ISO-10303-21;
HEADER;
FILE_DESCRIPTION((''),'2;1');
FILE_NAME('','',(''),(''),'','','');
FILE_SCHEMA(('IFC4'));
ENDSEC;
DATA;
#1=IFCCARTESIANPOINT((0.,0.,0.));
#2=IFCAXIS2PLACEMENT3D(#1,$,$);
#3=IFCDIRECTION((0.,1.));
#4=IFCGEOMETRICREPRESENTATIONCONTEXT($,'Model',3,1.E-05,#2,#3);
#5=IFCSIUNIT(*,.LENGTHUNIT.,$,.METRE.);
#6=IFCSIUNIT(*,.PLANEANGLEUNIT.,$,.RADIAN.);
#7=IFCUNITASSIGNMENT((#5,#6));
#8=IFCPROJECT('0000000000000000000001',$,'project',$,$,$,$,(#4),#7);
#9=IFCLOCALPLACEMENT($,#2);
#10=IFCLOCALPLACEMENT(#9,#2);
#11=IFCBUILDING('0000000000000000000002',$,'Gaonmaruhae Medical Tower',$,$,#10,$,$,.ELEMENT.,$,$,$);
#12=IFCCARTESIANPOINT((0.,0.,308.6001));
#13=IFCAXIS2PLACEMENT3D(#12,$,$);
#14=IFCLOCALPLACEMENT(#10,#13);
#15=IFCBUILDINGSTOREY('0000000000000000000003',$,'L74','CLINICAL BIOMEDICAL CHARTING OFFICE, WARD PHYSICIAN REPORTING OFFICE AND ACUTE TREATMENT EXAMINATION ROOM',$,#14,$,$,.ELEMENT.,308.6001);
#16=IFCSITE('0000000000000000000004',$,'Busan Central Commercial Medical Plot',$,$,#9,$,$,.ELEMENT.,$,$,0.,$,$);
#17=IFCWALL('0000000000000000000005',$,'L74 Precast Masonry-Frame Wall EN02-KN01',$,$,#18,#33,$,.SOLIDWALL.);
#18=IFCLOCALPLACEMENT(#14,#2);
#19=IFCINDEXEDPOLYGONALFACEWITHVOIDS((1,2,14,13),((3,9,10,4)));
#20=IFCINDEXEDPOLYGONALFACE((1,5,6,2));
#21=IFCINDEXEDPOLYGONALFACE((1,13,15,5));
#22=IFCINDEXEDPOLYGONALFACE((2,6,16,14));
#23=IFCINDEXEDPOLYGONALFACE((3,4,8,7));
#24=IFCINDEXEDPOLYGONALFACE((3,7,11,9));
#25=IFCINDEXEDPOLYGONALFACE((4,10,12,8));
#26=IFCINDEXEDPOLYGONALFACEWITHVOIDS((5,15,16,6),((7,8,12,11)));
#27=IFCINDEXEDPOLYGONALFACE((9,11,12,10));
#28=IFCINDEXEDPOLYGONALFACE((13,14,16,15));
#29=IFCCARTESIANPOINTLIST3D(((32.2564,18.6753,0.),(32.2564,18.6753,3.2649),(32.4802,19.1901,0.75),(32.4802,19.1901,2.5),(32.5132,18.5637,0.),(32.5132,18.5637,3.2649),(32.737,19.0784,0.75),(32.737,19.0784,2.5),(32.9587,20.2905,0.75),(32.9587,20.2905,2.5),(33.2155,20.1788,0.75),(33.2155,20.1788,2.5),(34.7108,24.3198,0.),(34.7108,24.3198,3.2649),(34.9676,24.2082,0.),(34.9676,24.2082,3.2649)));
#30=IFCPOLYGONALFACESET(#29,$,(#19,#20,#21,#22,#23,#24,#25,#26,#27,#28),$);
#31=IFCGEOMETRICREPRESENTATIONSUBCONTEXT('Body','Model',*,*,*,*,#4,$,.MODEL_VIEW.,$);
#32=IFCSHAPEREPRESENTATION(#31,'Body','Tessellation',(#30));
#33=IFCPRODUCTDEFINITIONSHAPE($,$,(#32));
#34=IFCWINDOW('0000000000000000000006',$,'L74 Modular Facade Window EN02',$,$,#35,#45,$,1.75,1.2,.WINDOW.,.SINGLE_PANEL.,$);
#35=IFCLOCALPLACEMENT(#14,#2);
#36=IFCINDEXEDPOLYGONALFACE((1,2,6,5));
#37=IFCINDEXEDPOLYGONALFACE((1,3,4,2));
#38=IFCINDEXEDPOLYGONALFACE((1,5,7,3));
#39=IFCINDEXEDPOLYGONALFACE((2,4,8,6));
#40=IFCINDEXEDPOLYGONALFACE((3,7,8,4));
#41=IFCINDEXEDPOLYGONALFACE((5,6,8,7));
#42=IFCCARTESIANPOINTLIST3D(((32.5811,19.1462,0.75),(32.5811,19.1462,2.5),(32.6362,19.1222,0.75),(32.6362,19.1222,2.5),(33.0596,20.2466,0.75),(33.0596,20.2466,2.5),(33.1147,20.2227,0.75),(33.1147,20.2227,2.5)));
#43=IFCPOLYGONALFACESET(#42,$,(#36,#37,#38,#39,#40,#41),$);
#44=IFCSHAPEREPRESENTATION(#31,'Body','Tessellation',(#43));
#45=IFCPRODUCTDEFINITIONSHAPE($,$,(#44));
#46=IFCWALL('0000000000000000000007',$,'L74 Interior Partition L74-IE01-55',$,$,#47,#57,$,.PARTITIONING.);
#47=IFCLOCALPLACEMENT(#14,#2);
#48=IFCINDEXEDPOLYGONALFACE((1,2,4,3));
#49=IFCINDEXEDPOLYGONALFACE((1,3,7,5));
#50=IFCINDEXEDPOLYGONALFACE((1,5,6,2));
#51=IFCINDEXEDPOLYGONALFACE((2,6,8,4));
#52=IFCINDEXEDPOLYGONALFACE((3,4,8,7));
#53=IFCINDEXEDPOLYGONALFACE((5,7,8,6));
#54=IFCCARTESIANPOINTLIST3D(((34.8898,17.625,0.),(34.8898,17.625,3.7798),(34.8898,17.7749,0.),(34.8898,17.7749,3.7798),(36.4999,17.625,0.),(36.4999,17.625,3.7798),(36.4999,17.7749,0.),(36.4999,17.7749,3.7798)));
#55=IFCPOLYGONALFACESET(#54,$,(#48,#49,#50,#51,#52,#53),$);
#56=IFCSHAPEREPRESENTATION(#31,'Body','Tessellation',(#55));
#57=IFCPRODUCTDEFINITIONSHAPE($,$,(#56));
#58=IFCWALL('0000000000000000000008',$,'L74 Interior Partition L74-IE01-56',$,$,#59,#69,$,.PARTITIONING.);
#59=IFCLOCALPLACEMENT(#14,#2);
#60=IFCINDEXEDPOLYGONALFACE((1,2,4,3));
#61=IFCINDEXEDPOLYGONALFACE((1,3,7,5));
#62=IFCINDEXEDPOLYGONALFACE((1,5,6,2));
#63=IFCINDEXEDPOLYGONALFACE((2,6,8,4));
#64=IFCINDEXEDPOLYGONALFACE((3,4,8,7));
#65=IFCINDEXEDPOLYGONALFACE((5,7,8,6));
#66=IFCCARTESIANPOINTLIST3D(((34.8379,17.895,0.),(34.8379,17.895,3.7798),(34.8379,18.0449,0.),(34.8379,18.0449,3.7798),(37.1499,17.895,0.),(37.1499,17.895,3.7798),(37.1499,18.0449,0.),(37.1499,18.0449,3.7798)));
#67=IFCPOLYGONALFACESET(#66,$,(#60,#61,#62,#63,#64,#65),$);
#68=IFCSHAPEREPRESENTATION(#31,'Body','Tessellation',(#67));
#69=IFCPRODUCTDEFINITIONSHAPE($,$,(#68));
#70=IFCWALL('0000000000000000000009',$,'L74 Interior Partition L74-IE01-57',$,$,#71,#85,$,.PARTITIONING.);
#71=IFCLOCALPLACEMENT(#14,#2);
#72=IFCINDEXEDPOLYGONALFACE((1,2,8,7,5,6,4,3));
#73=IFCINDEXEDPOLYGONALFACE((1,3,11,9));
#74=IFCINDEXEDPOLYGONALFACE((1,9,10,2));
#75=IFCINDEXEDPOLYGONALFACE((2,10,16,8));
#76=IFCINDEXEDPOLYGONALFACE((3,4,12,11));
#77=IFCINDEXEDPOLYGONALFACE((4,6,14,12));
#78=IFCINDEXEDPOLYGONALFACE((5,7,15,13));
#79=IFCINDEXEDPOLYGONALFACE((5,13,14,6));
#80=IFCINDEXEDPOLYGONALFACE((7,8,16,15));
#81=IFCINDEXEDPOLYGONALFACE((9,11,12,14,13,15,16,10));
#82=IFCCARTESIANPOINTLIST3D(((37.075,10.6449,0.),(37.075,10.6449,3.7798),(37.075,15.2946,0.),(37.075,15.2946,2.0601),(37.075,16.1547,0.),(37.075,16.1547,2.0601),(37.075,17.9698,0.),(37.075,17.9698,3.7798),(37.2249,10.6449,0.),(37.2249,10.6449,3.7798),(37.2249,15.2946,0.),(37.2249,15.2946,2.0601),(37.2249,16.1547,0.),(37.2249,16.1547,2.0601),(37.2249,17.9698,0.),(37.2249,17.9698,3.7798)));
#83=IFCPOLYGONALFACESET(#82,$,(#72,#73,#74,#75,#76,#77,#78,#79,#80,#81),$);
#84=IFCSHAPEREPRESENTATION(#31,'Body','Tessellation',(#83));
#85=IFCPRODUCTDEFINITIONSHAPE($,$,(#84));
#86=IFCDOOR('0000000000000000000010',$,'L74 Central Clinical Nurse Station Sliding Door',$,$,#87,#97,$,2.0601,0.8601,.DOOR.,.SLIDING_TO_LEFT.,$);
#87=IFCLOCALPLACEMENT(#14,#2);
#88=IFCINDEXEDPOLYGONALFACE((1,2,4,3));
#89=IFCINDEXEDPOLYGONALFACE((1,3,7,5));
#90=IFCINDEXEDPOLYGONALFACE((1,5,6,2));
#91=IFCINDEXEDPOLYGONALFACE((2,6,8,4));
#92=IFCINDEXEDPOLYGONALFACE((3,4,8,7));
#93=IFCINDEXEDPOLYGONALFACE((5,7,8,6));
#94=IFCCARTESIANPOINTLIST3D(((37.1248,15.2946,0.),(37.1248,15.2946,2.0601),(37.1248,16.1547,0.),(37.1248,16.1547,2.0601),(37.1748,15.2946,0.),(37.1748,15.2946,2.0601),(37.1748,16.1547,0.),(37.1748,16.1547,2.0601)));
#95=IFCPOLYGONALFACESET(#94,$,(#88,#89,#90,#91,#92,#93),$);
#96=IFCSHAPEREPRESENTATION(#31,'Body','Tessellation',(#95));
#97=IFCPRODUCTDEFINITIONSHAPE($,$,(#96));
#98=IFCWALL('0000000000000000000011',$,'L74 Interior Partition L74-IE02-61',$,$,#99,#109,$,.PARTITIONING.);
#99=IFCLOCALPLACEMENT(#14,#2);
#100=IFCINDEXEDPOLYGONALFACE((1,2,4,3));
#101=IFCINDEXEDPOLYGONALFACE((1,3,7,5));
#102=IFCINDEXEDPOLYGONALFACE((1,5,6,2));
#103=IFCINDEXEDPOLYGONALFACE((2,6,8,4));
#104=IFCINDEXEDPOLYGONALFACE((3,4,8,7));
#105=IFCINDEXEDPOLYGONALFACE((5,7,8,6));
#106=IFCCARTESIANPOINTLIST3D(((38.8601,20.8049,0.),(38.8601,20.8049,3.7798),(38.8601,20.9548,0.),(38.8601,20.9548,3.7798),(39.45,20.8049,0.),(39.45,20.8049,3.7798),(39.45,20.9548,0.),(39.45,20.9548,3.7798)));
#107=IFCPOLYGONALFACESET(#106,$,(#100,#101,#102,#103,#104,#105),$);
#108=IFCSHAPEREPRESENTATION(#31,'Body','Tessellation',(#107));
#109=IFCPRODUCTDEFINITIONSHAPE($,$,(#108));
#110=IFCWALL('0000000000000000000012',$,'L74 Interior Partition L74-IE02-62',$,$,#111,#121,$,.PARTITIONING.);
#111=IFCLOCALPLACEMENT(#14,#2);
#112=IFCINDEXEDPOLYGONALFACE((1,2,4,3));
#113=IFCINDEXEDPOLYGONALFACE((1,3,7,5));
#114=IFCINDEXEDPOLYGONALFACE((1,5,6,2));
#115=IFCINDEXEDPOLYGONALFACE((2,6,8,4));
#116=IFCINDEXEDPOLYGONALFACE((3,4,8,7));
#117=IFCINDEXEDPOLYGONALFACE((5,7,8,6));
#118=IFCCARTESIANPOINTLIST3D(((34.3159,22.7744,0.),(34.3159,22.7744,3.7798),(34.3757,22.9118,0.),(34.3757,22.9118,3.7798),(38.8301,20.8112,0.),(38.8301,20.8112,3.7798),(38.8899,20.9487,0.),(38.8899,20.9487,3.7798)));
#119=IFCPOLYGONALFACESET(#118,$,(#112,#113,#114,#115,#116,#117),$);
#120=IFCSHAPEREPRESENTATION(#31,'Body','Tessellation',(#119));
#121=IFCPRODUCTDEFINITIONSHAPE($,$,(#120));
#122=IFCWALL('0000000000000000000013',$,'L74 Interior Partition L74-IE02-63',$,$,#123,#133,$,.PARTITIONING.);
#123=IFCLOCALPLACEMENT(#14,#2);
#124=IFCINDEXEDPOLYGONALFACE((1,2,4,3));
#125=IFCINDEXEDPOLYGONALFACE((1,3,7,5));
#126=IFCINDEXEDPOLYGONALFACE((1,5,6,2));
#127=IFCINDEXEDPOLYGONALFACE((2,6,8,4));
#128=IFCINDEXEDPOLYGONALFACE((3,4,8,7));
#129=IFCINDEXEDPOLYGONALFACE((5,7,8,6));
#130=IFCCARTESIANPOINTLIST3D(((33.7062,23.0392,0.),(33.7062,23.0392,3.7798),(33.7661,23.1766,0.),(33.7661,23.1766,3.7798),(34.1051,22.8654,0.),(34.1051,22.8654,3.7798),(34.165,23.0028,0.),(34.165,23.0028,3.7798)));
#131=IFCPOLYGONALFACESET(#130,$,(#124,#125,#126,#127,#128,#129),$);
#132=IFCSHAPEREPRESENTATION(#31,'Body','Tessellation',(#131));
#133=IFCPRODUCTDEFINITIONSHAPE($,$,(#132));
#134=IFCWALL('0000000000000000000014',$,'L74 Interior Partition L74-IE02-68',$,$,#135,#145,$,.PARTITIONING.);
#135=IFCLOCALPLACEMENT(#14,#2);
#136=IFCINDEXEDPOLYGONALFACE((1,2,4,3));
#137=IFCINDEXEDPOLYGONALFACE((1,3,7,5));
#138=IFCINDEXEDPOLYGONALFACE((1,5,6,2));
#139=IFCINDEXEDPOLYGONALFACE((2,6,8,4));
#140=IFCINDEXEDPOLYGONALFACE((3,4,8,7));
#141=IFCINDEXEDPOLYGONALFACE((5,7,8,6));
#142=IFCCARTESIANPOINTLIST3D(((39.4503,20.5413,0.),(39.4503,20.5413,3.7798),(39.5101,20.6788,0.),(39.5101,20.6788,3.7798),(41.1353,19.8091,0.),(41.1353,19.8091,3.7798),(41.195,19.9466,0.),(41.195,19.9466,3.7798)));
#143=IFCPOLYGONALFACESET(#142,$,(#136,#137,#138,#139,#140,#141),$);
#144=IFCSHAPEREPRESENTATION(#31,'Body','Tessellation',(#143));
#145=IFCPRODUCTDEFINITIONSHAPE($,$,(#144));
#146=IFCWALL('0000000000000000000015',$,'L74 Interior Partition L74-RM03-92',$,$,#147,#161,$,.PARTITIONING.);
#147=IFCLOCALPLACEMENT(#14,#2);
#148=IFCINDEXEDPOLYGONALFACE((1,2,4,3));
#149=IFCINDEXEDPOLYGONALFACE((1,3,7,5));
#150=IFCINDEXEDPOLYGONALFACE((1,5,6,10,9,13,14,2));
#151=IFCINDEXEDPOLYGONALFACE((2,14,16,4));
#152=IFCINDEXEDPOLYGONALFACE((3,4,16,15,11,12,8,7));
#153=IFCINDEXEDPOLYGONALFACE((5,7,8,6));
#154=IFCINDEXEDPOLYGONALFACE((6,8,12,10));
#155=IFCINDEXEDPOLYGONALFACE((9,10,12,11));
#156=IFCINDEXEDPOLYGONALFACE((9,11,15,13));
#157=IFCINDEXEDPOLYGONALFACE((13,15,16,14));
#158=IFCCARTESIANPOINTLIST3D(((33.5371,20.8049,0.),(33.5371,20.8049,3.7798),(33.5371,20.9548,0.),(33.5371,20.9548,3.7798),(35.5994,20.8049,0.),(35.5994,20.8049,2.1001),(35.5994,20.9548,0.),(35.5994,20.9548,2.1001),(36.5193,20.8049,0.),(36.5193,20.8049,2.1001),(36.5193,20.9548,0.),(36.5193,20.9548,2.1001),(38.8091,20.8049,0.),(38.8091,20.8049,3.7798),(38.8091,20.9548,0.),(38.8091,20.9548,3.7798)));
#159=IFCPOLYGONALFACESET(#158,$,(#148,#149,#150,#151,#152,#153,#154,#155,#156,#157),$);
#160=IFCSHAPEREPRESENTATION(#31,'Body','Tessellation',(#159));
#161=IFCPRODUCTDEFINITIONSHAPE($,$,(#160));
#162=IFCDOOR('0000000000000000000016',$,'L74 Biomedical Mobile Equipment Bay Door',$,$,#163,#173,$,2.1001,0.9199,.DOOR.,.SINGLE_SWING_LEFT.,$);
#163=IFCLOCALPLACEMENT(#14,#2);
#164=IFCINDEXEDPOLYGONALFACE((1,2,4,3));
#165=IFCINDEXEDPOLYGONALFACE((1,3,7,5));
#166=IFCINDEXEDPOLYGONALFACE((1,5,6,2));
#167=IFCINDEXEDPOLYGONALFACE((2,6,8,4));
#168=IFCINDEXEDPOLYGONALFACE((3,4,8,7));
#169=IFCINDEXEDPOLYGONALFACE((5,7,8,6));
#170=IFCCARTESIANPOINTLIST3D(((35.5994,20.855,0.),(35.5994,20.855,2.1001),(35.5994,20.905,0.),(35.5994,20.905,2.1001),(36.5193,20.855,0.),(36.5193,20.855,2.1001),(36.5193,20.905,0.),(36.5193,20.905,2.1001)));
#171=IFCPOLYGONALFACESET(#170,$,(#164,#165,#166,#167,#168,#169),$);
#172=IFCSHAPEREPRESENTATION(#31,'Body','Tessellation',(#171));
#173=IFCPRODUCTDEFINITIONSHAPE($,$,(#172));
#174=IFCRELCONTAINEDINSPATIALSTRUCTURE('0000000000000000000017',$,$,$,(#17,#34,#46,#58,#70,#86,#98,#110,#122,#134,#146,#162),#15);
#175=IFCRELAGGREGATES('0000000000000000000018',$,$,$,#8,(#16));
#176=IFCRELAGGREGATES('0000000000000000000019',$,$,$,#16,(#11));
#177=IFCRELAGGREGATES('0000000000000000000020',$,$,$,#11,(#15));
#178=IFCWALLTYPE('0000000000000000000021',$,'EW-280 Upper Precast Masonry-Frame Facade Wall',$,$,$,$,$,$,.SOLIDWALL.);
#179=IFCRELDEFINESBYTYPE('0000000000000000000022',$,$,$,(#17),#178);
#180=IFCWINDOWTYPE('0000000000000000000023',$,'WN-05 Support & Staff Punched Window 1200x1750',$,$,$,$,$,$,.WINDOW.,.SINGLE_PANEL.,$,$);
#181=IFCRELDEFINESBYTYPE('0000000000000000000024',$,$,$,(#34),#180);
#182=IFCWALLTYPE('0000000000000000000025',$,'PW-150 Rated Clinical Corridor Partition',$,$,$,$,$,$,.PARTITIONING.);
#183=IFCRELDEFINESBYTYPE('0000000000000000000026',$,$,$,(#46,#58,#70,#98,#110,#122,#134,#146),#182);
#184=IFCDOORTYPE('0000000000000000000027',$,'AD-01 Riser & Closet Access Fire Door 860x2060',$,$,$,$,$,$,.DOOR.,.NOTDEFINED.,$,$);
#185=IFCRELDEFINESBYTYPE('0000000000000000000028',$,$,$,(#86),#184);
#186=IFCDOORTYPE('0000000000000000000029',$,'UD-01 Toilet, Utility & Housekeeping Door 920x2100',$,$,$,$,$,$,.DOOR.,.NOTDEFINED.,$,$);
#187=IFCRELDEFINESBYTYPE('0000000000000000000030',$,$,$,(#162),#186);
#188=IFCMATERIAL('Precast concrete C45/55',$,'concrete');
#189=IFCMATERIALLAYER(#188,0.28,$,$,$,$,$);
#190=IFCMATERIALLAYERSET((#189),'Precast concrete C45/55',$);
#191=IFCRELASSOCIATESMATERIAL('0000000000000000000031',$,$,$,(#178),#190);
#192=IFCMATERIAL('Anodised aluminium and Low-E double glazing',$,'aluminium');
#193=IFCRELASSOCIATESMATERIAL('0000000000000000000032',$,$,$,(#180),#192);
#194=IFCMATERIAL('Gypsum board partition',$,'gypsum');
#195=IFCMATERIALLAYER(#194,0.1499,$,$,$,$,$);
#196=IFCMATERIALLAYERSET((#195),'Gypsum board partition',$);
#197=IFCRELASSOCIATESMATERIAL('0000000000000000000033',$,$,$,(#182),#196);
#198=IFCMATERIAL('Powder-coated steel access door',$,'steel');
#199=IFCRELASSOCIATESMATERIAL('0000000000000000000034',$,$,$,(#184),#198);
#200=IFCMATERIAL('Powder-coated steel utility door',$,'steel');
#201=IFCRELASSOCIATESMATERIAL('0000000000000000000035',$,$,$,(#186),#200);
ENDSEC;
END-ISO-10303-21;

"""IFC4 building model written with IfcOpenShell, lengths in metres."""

from ifc_helpers import new_model, si_unit, direction, frame, frame_2d, origin, place, context, subcontext, project, spatial, rectangle, extrude, material, layer, layer_set, type_object, element, fill, save


model = new_model("IFC4")

# Units and contexts
model_context = context("Model", 3, precision=1e-05, world=origin(), true_north=direction((0.0, 1.0)))
body_context = subcontext(model_context, "Body", "Model", "MODEL_VIEW")
ifc_project = project(units=[si_unit("LENGTHUNIT", "METRE"), si_unit("PLANEANGLEUNIT", "RADIAN")], contexts=[model_context])

# Site, building, storey
site_placement = place(None, origin())
site = spatial("IfcSite", under=ifc_project, at=site_placement, Name="Busan Central Commercial Medical Plot", CompositionType="ELEMENT", RefElevation=0.0)
building_placement = place(site_placement, origin())
building = spatial("IfcBuilding", under=site, at=building_placement, Name="Gaonmaruhae Medical Tower", CompositionType="ELEMENT")
storey_placement = place(building_placement, frame((0.0, 0.0, 308.6001)))
storey = spatial("IfcBuildingStorey", under=building, at=storey_placement, Name="L74", Description="CLINICAL BIOMEDICAL CHARTING OFFICE, WARD PHYSICIAN REPORTING OFFICE AND ACUTE TREATMENT EXAMINATION ROOM", CompositionType="ELEMENT", Elevation=308.6001)

# Wall, opening, window
ifc_material_1 = material(Name="Precast concrete C45/55", Category="concrete")
ifc_layer_1 = layer(ifc_material_1, 0.28)
ifc_layer_set_1 = layer_set([ifc_layer_1], Name="Precast concrete C45/55")
wall_type_1 = type_object("IfcWallType", Name="EW-280 Upper Precast Masonry-Frame Facade Wall", PredefinedType="SOLIDWALL", material=ifc_layer_set_1)
wall_1_placement = place(storey_placement, frame((32.3848, 18.6194, 0.0), z_axis=(0.0, 0.0, 1.0), x_axis=(0.398754, 0.917058, 0.0)))
wall_1 = element("IfcWall", 1, at=wall_1_placement, inside=storey, type_object=wall_type_1, Name="L74 Precast Masonry-Frame Wall EN02-KN01", PredefinedType="SOLIDWALL", context=body_context, shape_type="SweptSolid", body=[
    extrude(rectangle(XDim=6.155, YDim=0.28, at=frame_2d((3.0776, 0.0))), origin(), (0.0, 0.0, 1.0), 3.2649),
])
opening_1_placement = place(wall_1_placement, frame((0.5613, 0.0, 0.75)))
opening_1 = element("IfcOpeningElement", 2, at=opening_1_placement, cuts=wall_1, PredefinedType="OPENING", context=body_context, shape_type="SweptSolid", body=[
    extrude(rectangle(XDim=1.2, YDim=1.75, at=frame_2d((0.6001, 0.875))), frame((0.0, 0.1499, 0.0), z_axis=(0.0, -1.0, 0.0), x_axis=(1.0, 0.0, 0.0)), (0.0, 0.0, 1.0), 0.3),
])
ifc_material_2 = material(Name="Anodised aluminium and Low-E double glazing", Category="aluminium")
window_type = type_object("IfcWindowType", Name="WN-05 Support & Staff Punched Window 1200x1750", PartitioningType="SINGLE_PANEL", PredefinedType="WINDOW", material=ifc_material_2)
window_placement = place(opening_1_placement, origin())
window = element("IfcWindow", 3, at=window_placement, inside=storey, type_object=window_type, Name="L74 Modular Facade Window EN02", OverallHeight=1.75, OverallWidth=1.2, PartitioningType="SINGLE_PANEL", PredefinedType="WINDOW", context=body_context, shape_type="SweptSolid", body=[
    extrude(rectangle(XDim=1.2, YDim=1.75, at=frame_2d((0.6001, 0.875))), frame((0.0, 0.03, 0.0), z_axis=(0.0, -1.0, 0.0), x_axis=(1.0, 0.0, 0.0)), (0.0, 0.0, 1.0), 0.0601),
])
fill(opening_1, window)

# Walls
ifc_material_3 = material(Name="Gypsum board partition", Category="gypsum")
ifc_layer_2 = layer(ifc_material_3, 0.1499)
ifc_layer_set_2 = layer_set([ifc_layer_2], Name="Gypsum board partition")
wall_type_2 = type_object("IfcWallType", Name="PW-150 Rated Clinical Corridor Partition", PredefinedType="PARTITIONING", material=ifc_layer_set_2)
wall_2_placement = place(storey_placement, frame((36.5, 17.7, 0.0), z_axis=(0.0, 0.0, 1.0), x_axis=(-1.0, 0.0, 0.0)))
element("IfcWall", 4, at=wall_2_placement, inside=storey, type_object=wall_type_2, Name="L74 Interior Partition L74-IE01-55", PredefinedType="PARTITIONING", context=body_context, shape_type="SweptSolid", body=[
    extrude(rectangle(XDim=1.6101, YDim=0.1499, at=frame_2d((0.8052, 0.0))), origin(), (0.0, 0.0, 1.0), 3.7798),
])
wall_3_placement = place(storey_placement, frame((34.8379, 17.97, 0.0), z_axis=(0.0, 0.0, 1.0), x_axis=(1.0, 0.0, 0.0)))
element("IfcWall", 5, at=wall_3_placement, inside=storey, type_object=wall_type_2, Name="L74 Interior Partition L74-IE01-56", PredefinedType="PARTITIONING", context=body_context, shape_type="SweptSolid", body=[
    extrude(rectangle(XDim=2.312, YDim=0.1499, at=frame_2d((1.156, 0.0))), origin(), (0.0, 0.0, 1.0), 3.7798),
])

# Wall, opening, door
wall_4_placement = place(storey_placement, frame((37.1499, 17.97, 0.0), z_axis=(0.0, 0.0, 1.0), x_axis=(0.0, -1.0, 0.0)))
wall_4 = element("IfcWall", 6, at=wall_4_placement, inside=storey, type_object=wall_type_2, Name="L74 Interior Partition L74-IE01-57", PredefinedType="PARTITIONING", context=body_context, shape_type="SweptSolid", body=[
    extrude(rectangle(XDim=7.325, YDim=0.1499, at=frame_2d((3.6626, 0.0))), origin(), (0.0, 0.0, 1.0), 3.7798),
])
opening_2_placement = place(wall_4_placement, frame((1.8152, 0.0, 0.0)))
opening_2 = element("IfcOpeningElement", 7, at=opening_2_placement, cuts=wall_4, PredefinedType="OPENING", context=body_context, shape_type="SweptSolid", body=[
    extrude(rectangle(XDim=0.8601, YDim=2.0601, at=frame_2d((0.4302, 1.03))), frame((0.0, 0.085, 0.0), z_axis=(0.0, -1.0, 0.0), x_axis=(1.0, 0.0, 0.0)), (0.0, 0.0, 1.0), 0.1699),
])
ifc_material_4 = material(Name="Powder-coated steel access door", Category="steel")
door_type_1 = type_object("IfcDoorType", Name="AD-01 Riser & Closet Access Fire Door 860x2060", OperationType="NOTDEFINED", PredefinedType="DOOR", material=ifc_material_4)
door_1_placement = place(opening_2_placement, origin())
door_1 = element("IfcDoor", 8, at=door_1_placement, inside=storey, type_object=door_type_1, Name="L74 Central Clinical Nurse Station Sliding Door", OperationType="SLIDING_TO_LEFT", OverallHeight=2.0601, OverallWidth=0.8601, PredefinedType="DOOR", context=body_context, shape_type="SweptSolid", body=[
    extrude(rectangle(XDim=0.8601, YDim=2.0601, at=frame_2d((0.4302, 1.03))), frame((0.0, 0.0249, 0.0), z_axis=(0.0, -1.0, 0.0), x_axis=(1.0, 0.0, 0.0)), (0.0, 0.0, 1.0), 0.05),
])
fill(opening_2, door_1)

# Walls
wall_5_placement = place(storey_placement, frame((39.45, 20.8799, 0.0), z_axis=(0.0, 0.0, 1.0), x_axis=(-1.0, 0.0, 0.0)))
element("IfcWall", 9, at=wall_5_placement, inside=storey, type_object=wall_type_2, Name="L74 Interior Partition L74-IE02-61", PredefinedType="PARTITIONING", context=body_context, shape_type="SweptSolid", body=[
    extrude(rectangle(XDim=0.5898, YDim=0.1499, at=frame_2d((0.2949, 0.0))), origin(), (0.0, 0.0, 1.0), 3.7798),
])
wall_6_placement = place(storey_placement, frame((38.8601, 20.8799, 0.0), z_axis=(0.0, 0.0, 1.0), x_axis=(-0.917036, 0.398804, 0.0)))
element("IfcWall", 10, at=wall_6_placement, inside=storey, type_object=wall_type_2, Name="L74 Interior Partition L74-IE02-62", PredefinedType="PARTITIONING", context=body_context, shape_type="SweptSolid", body=[
    extrude(rectangle(XDim=4.9226, YDim=0.1499, at=frame_2d((2.4614, 0.0))), origin(), (0.0, 0.0, 1.0), 3.7798),
])
wall_7_placement = place(storey_placement, frame((34.135, 22.9341, 0.0), z_axis=(0.0, 0.0, 1.0), x_axis=(-0.916749, 0.399465, 0.0)))
element("IfcWall", 11, at=wall_7_placement, inside=storey, type_object=wall_type_2, Name="L74 Interior Partition L74-IE02-63", PredefinedType="PARTITIONING", context=body_context, shape_type="SweptSolid", body=[
    extrude(rectangle(XDim=0.4351, YDim=0.1499, at=frame_2d((0.2175, 0.0))), origin(), (0.0, 0.0, 1.0), 3.7798),
])
wall_8_placement = place(storey_placement, frame((41.165, 19.8779, 0.0), z_axis=(0.0, 0.0, 1.0), x_axis=(-0.917161, 0.398517, 0.0)))
element("IfcWall", 12, at=wall_8_placement, inside=storey, type_object=wall_type_2, Name="L74 Interior Partition L74-IE02-68", PredefinedType="PARTITIONING", context=body_context, shape_type="SweptSolid", body=[
    extrude(rectangle(XDim=1.8372, YDim=0.1499, at=frame_2d((0.9185, 0.0))), origin(), (0.0, 0.0, 1.0), 3.7798),
])

# Wall, opening, door
wall_9_placement = place(storey_placement, frame((38.8091, 20.8799, 0.0), z_axis=(0.0, 0.0, 1.0), x_axis=(-1.0, 0.0, 0.0)))
wall_9 = element("IfcWall", 13, at=wall_9_placement, inside=storey, type_object=wall_type_2, Name="L74 Interior Partition L74-RM03-92", PredefinedType="PARTITIONING", context=body_context, shape_type="SweptSolid", body=[
    extrude(rectangle(XDim=5.272, YDim=0.1499, at=frame_2d((2.636, 0.0))), origin(), (0.0, 0.0, 1.0), 3.7798),
])
opening_3_placement = place(wall_9_placement, frame((2.2898, 0.0, 0.0)))
opening_3 = element("IfcOpeningElement", 14, at=opening_3_placement, cuts=wall_9, PredefinedType="OPENING", context=body_context, shape_type="SweptSolid", body=[
    extrude(rectangle(XDim=0.9199, YDim=2.1001, at=frame_2d((0.46, 1.05))), frame((0.0, 0.085, 0.0), z_axis=(0.0, -1.0, 0.0), x_axis=(1.0, 0.0, 0.0)), (0.0, 0.0, 1.0), 0.1699),
])
ifc_material_5 = material(Name="Powder-coated steel utility door", Category="steel")
door_type_2 = type_object("IfcDoorType", Name="UD-01 Toilet, Utility & Housekeeping Door 920x2100", OperationType="NOTDEFINED", PredefinedType="DOOR", material=ifc_material_5)
door_2_placement = place(opening_3_placement, origin())
door_2 = element("IfcDoor", 15, at=door_2_placement, inside=storey, type_object=door_type_2, Name="L74 Biomedical Mobile Equipment Bay Door", OperationType="SINGLE_SWING_LEFT", OverallHeight=2.1001, OverallWidth=0.9199, PredefinedType="DOOR", context=body_context, shape_type="SweptSolid", body=[
    extrude(rectangle(XDim=0.9199, YDim=2.1001, at=frame_2d((0.46, 1.05))), frame((0.0, 0.0249, 0.0), z_axis=(0.0, -1.0, 0.0), x_axis=(1.0, 0.0, 0.0)), (0.0, 0.0, 1.0), 0.05),
])
fill(opening_3, door_2)

save(model, "model.ifc")
